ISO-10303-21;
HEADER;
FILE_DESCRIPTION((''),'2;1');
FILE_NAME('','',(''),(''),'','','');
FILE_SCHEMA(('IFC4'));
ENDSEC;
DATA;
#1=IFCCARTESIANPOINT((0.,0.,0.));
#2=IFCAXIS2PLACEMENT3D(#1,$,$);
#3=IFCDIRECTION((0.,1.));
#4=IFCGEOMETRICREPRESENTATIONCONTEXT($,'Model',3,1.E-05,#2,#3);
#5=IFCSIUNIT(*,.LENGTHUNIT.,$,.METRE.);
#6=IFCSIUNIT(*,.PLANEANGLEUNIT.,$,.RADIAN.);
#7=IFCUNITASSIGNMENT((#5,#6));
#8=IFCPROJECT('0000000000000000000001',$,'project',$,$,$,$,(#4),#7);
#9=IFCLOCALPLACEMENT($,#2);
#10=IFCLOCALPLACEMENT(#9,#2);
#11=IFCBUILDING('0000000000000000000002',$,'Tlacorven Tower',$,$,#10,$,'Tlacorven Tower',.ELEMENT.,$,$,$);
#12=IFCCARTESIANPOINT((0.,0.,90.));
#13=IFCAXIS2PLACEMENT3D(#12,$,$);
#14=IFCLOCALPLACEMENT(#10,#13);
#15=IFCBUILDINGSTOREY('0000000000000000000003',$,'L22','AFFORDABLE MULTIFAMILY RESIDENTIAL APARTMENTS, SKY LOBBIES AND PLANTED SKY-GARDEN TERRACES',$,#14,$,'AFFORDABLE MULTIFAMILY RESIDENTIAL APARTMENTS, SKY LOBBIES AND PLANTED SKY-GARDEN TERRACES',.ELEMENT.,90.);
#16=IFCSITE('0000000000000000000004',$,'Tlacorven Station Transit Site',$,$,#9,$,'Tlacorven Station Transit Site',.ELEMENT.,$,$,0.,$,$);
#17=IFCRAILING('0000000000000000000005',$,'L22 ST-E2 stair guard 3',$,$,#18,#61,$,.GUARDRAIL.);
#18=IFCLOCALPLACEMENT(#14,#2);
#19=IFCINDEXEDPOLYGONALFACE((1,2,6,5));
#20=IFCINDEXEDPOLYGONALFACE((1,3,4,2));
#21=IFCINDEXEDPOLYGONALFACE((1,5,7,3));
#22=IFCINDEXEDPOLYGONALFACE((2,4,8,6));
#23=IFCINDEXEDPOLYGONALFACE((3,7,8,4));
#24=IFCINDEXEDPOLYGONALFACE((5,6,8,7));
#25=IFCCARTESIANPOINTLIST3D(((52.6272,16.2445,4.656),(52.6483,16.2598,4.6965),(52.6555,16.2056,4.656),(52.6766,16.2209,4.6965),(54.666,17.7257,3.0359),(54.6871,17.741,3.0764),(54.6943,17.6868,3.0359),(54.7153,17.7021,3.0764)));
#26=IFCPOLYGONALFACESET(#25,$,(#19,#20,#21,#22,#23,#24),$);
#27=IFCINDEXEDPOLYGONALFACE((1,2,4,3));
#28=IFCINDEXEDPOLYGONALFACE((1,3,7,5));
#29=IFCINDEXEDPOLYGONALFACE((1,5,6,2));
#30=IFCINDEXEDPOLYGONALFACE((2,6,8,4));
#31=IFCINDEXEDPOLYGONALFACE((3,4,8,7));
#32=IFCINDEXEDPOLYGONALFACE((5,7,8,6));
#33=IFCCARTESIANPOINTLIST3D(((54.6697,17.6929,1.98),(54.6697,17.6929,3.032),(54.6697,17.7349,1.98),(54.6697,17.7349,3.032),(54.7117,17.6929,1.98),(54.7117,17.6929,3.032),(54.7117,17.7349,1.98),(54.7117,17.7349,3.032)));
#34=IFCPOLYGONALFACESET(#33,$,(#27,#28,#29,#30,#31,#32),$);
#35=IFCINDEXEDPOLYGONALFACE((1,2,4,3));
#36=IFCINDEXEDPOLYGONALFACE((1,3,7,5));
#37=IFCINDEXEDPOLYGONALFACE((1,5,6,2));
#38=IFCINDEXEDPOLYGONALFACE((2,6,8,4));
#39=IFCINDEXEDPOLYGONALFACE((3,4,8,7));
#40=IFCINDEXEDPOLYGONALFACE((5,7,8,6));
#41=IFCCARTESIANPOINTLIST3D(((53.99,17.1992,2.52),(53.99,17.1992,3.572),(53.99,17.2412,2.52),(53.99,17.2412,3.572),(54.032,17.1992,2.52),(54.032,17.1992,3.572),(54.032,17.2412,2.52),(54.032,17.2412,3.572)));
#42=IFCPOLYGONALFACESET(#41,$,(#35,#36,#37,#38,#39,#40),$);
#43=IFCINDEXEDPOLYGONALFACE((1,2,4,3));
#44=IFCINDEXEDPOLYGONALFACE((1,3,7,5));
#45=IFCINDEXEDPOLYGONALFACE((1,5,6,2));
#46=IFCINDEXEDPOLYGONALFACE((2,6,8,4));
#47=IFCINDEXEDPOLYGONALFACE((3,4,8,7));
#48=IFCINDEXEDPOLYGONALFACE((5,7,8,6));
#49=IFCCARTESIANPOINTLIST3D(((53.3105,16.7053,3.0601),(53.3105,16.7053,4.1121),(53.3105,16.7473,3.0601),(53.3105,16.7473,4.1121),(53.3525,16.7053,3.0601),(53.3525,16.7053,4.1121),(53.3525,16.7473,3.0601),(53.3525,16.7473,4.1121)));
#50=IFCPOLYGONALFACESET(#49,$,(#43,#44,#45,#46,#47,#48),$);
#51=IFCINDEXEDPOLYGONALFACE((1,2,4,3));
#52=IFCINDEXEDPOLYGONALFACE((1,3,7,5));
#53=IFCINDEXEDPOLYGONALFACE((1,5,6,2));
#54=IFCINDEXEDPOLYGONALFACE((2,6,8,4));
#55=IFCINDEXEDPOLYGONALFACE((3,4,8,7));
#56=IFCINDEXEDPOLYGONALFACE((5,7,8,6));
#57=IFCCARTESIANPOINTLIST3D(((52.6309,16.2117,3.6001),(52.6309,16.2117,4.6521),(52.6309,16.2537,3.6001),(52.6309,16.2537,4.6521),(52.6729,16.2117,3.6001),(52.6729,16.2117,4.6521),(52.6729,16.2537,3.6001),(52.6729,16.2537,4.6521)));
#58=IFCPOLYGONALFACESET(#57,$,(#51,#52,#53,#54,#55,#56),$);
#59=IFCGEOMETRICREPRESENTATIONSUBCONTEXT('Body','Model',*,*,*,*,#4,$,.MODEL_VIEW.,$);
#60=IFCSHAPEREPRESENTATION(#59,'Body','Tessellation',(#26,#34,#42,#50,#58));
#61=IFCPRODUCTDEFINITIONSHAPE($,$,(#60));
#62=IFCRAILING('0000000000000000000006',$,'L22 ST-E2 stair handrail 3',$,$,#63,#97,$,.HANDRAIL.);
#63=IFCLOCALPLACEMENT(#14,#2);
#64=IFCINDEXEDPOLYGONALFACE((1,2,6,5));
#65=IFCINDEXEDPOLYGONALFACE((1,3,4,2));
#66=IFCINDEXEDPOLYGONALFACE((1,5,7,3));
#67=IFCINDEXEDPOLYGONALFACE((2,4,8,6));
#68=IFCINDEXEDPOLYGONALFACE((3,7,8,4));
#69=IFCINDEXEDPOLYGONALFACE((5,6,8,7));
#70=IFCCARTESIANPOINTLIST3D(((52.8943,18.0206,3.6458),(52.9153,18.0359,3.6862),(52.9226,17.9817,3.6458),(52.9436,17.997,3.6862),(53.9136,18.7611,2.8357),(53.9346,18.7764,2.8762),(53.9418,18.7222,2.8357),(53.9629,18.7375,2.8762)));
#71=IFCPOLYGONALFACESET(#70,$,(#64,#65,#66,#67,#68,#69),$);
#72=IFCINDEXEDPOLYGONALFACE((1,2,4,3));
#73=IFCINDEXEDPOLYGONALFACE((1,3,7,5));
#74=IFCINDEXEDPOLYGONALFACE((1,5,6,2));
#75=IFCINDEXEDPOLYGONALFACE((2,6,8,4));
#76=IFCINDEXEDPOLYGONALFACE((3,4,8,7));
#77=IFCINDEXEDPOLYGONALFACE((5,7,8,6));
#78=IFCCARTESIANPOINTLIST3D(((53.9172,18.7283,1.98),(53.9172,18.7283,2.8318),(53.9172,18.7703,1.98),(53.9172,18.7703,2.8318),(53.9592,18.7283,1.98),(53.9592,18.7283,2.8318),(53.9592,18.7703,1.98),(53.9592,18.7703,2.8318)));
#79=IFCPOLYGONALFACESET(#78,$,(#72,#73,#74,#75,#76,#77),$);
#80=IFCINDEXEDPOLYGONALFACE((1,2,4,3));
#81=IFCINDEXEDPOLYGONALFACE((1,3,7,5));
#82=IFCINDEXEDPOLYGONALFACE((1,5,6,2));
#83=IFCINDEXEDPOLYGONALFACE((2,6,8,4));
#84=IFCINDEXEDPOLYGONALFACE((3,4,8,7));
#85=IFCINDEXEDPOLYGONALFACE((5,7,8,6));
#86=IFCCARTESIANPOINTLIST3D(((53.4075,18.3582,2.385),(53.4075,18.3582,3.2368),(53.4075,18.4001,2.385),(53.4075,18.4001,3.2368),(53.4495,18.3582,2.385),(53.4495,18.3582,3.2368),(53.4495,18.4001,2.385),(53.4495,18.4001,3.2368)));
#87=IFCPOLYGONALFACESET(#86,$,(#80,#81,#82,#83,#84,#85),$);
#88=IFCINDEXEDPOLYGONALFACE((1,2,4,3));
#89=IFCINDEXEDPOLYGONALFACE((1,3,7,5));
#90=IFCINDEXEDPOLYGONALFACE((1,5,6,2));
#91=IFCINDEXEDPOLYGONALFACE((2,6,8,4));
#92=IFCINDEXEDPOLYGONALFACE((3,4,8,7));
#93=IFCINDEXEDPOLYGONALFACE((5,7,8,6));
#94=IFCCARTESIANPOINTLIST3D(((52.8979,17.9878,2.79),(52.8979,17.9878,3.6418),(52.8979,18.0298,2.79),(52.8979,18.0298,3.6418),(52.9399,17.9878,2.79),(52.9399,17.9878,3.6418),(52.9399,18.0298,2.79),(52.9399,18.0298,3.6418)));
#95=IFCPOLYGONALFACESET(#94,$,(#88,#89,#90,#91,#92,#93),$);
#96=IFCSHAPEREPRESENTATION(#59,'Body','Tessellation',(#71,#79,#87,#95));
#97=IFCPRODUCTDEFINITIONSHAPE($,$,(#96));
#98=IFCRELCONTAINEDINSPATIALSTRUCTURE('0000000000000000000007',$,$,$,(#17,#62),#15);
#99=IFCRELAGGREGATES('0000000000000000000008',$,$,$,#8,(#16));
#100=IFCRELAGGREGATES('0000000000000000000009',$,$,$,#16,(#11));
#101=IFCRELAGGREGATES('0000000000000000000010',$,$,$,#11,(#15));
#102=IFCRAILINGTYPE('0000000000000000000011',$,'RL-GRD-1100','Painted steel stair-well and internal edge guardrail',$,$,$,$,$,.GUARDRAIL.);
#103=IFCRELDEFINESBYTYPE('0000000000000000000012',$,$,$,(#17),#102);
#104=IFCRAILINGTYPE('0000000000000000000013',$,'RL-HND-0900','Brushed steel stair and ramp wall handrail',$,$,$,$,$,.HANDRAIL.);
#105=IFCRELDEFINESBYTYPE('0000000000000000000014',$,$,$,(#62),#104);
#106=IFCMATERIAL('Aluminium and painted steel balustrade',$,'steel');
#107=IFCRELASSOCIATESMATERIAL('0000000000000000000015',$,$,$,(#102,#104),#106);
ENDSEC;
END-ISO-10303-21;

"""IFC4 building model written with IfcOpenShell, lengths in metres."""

from ifc_helpers import new_model, si_unit, direction, frame, origin, origin_2d, place, context, subcontext, project, spatial, rectangle, extrude, source, transform, mapped, material, type_object, element, save


model = new_model("IFC4")

# Units and contexts
model_context = context("Model", 3, precision=1e-05, world=origin(), true_north=direction((0.0, 1.0)))
body_context = subcontext(model_context, "Body", "Model", "MODEL_VIEW")
ifc_project = project(units=[si_unit("LENGTHUNIT", "METRE"), si_unit("PLANEANGLEUNIT", "RADIAN")], contexts=[model_context])

# Site, building, storey
site_placement = place(None, origin())
site = spatial("IfcSite", under=ifc_project, at=site_placement, Name="Tlacorven Station Transit Site", LongName="Tlacorven Station Transit Site", CompositionType="ELEMENT", RefElevation=0.0)
building_placement = place(site_placement, origin())
building = spatial("IfcBuilding", under=site, at=building_placement, Name="Tlacorven Tower", LongName="Tlacorven Tower", CompositionType="ELEMENT")
storey_placement = place(building_placement, frame((0.0, 0.0, 90.0)))
storey = spatial("IfcBuildingStorey", under=building, at=storey_placement, Name="L22", Description="AFFORDABLE MULTIFAMILY RESIDENTIAL APARTMENTS, SKY LOBBIES AND PLANTED SKY-GARDEN TERRACES", LongName="AFFORDABLE MULTIFAMILY RESIDENTIAL APARTMENTS, SKY LOBBIES AND PLANTED SKY-GARDEN TERRACES", CompositionType="ELEMENT", Elevation=90.0)

# Shared definitions
ifc_material_1 = material(Name="Aluminium and painted steel balustrade", Category="steel")
railing_type_1 = type_object("IfcRailingType", Name="RL-GRD-1100", Description="Painted steel stair-well and internal edge guardrail", PredefinedType="GUARDRAIL", material=ifc_material_1)

# Railings
railing_type_2 = type_object("IfcRailingType", Name="RL-HND-0900", Description="Brushed steel stair and ramp wall handrail", PredefinedType="HANDRAIL", material=ifc_material_1)
shared_shape_1 = source(origin(), body_context, "Body", "SweptSolid", [
    extrude(rectangle(XDim=0.0481, YDim=0.0481, at=origin_2d()), frame((0.0, 0.0, 1.0762), z_axis=(-0.680532, -0.494407, 0.540775), x_axis=(0.587763, -0.809033, 0.0)), (0.0, 0.0, 1.0), 2.9958),
    extrude(rectangle(XDim=0.042, YDim=0.042, at=origin_2d()), origin(), (0.0, 0.0, 1.0), 1.052),
    extrude(rectangle(XDim=0.042, YDim=0.042, at=origin_2d()), frame((-0.6797, -0.4937, 0.54)), (0.0, 0.0, 1.0), 1.052),
    extrude(rectangle(XDim=0.042, YDim=0.042, at=origin_2d()), frame((-1.3591, -0.9875, 1.0801)), (0.0, 0.0, 1.0), 1.052),
    extrude(rectangle(XDim=0.042, YDim=0.042, at=origin_2d()), frame((-2.0388, -1.4812, 1.6201)), (0.0, 0.0, 1.0), 1.052),
])
railing_1_placement = place(storey_placement, frame((54.6907, 17.7139, 1.98)))
element("IfcRailing", 1, at=railing_1_placement, inside=storey, type_object=railing_type_1, Name="L22 ST-E2 stair guard 3", PredefinedType="GUARDRAIL", context=body_context, shape_type="MappedRepresentation", body=[
    mapped(shared_shape_1, transform((0.0, 0.0, 0.0), scale=1.0)),
])
shared_shape_2 = source(origin(), body_context, "Body", "SweptSolid", [
    extrude(rectangle(XDim=0.0481, YDim=0.0481, at=origin_2d()), frame((0.0, 0.0, 0.876), z_axis=(-0.680516, -0.494373, 0.540827), x_axis=(0.587745, -0.809046, 0.0)), (0.0, 0.0, 1.0), 1.4978),
    extrude(rectangle(XDim=0.042, YDim=0.042, at=origin_2d()), origin(), (0.0, 0.0, 1.0), 0.8518),
    extrude(rectangle(XDim=0.042, YDim=0.042, at=origin_2d()), frame((-0.5098, -0.3701, 0.405)), (0.0, 0.0, 1.0), 0.8518),
    extrude(rectangle(XDim=0.042, YDim=0.042, at=origin_2d()), frame((-1.0193, -0.7405, 0.8101)), (0.0, 0.0, 1.0), 0.8518),
])
railing_2_placement = place(storey_placement, frame((53.9382, 18.7493, 1.98)))
element("IfcRailing", 2, at=railing_2_placement, inside=storey, type_object=railing_type_2, Name="L22 ST-E2 stair handrail 3", PredefinedType="HANDRAIL", context=body_context, shape_type="MappedRepresentation", body=[
    mapped(shared_shape_2, transform((0.0, 0.0, 0.0), scale=1.0)),
])

save(model, "model.ifc")
